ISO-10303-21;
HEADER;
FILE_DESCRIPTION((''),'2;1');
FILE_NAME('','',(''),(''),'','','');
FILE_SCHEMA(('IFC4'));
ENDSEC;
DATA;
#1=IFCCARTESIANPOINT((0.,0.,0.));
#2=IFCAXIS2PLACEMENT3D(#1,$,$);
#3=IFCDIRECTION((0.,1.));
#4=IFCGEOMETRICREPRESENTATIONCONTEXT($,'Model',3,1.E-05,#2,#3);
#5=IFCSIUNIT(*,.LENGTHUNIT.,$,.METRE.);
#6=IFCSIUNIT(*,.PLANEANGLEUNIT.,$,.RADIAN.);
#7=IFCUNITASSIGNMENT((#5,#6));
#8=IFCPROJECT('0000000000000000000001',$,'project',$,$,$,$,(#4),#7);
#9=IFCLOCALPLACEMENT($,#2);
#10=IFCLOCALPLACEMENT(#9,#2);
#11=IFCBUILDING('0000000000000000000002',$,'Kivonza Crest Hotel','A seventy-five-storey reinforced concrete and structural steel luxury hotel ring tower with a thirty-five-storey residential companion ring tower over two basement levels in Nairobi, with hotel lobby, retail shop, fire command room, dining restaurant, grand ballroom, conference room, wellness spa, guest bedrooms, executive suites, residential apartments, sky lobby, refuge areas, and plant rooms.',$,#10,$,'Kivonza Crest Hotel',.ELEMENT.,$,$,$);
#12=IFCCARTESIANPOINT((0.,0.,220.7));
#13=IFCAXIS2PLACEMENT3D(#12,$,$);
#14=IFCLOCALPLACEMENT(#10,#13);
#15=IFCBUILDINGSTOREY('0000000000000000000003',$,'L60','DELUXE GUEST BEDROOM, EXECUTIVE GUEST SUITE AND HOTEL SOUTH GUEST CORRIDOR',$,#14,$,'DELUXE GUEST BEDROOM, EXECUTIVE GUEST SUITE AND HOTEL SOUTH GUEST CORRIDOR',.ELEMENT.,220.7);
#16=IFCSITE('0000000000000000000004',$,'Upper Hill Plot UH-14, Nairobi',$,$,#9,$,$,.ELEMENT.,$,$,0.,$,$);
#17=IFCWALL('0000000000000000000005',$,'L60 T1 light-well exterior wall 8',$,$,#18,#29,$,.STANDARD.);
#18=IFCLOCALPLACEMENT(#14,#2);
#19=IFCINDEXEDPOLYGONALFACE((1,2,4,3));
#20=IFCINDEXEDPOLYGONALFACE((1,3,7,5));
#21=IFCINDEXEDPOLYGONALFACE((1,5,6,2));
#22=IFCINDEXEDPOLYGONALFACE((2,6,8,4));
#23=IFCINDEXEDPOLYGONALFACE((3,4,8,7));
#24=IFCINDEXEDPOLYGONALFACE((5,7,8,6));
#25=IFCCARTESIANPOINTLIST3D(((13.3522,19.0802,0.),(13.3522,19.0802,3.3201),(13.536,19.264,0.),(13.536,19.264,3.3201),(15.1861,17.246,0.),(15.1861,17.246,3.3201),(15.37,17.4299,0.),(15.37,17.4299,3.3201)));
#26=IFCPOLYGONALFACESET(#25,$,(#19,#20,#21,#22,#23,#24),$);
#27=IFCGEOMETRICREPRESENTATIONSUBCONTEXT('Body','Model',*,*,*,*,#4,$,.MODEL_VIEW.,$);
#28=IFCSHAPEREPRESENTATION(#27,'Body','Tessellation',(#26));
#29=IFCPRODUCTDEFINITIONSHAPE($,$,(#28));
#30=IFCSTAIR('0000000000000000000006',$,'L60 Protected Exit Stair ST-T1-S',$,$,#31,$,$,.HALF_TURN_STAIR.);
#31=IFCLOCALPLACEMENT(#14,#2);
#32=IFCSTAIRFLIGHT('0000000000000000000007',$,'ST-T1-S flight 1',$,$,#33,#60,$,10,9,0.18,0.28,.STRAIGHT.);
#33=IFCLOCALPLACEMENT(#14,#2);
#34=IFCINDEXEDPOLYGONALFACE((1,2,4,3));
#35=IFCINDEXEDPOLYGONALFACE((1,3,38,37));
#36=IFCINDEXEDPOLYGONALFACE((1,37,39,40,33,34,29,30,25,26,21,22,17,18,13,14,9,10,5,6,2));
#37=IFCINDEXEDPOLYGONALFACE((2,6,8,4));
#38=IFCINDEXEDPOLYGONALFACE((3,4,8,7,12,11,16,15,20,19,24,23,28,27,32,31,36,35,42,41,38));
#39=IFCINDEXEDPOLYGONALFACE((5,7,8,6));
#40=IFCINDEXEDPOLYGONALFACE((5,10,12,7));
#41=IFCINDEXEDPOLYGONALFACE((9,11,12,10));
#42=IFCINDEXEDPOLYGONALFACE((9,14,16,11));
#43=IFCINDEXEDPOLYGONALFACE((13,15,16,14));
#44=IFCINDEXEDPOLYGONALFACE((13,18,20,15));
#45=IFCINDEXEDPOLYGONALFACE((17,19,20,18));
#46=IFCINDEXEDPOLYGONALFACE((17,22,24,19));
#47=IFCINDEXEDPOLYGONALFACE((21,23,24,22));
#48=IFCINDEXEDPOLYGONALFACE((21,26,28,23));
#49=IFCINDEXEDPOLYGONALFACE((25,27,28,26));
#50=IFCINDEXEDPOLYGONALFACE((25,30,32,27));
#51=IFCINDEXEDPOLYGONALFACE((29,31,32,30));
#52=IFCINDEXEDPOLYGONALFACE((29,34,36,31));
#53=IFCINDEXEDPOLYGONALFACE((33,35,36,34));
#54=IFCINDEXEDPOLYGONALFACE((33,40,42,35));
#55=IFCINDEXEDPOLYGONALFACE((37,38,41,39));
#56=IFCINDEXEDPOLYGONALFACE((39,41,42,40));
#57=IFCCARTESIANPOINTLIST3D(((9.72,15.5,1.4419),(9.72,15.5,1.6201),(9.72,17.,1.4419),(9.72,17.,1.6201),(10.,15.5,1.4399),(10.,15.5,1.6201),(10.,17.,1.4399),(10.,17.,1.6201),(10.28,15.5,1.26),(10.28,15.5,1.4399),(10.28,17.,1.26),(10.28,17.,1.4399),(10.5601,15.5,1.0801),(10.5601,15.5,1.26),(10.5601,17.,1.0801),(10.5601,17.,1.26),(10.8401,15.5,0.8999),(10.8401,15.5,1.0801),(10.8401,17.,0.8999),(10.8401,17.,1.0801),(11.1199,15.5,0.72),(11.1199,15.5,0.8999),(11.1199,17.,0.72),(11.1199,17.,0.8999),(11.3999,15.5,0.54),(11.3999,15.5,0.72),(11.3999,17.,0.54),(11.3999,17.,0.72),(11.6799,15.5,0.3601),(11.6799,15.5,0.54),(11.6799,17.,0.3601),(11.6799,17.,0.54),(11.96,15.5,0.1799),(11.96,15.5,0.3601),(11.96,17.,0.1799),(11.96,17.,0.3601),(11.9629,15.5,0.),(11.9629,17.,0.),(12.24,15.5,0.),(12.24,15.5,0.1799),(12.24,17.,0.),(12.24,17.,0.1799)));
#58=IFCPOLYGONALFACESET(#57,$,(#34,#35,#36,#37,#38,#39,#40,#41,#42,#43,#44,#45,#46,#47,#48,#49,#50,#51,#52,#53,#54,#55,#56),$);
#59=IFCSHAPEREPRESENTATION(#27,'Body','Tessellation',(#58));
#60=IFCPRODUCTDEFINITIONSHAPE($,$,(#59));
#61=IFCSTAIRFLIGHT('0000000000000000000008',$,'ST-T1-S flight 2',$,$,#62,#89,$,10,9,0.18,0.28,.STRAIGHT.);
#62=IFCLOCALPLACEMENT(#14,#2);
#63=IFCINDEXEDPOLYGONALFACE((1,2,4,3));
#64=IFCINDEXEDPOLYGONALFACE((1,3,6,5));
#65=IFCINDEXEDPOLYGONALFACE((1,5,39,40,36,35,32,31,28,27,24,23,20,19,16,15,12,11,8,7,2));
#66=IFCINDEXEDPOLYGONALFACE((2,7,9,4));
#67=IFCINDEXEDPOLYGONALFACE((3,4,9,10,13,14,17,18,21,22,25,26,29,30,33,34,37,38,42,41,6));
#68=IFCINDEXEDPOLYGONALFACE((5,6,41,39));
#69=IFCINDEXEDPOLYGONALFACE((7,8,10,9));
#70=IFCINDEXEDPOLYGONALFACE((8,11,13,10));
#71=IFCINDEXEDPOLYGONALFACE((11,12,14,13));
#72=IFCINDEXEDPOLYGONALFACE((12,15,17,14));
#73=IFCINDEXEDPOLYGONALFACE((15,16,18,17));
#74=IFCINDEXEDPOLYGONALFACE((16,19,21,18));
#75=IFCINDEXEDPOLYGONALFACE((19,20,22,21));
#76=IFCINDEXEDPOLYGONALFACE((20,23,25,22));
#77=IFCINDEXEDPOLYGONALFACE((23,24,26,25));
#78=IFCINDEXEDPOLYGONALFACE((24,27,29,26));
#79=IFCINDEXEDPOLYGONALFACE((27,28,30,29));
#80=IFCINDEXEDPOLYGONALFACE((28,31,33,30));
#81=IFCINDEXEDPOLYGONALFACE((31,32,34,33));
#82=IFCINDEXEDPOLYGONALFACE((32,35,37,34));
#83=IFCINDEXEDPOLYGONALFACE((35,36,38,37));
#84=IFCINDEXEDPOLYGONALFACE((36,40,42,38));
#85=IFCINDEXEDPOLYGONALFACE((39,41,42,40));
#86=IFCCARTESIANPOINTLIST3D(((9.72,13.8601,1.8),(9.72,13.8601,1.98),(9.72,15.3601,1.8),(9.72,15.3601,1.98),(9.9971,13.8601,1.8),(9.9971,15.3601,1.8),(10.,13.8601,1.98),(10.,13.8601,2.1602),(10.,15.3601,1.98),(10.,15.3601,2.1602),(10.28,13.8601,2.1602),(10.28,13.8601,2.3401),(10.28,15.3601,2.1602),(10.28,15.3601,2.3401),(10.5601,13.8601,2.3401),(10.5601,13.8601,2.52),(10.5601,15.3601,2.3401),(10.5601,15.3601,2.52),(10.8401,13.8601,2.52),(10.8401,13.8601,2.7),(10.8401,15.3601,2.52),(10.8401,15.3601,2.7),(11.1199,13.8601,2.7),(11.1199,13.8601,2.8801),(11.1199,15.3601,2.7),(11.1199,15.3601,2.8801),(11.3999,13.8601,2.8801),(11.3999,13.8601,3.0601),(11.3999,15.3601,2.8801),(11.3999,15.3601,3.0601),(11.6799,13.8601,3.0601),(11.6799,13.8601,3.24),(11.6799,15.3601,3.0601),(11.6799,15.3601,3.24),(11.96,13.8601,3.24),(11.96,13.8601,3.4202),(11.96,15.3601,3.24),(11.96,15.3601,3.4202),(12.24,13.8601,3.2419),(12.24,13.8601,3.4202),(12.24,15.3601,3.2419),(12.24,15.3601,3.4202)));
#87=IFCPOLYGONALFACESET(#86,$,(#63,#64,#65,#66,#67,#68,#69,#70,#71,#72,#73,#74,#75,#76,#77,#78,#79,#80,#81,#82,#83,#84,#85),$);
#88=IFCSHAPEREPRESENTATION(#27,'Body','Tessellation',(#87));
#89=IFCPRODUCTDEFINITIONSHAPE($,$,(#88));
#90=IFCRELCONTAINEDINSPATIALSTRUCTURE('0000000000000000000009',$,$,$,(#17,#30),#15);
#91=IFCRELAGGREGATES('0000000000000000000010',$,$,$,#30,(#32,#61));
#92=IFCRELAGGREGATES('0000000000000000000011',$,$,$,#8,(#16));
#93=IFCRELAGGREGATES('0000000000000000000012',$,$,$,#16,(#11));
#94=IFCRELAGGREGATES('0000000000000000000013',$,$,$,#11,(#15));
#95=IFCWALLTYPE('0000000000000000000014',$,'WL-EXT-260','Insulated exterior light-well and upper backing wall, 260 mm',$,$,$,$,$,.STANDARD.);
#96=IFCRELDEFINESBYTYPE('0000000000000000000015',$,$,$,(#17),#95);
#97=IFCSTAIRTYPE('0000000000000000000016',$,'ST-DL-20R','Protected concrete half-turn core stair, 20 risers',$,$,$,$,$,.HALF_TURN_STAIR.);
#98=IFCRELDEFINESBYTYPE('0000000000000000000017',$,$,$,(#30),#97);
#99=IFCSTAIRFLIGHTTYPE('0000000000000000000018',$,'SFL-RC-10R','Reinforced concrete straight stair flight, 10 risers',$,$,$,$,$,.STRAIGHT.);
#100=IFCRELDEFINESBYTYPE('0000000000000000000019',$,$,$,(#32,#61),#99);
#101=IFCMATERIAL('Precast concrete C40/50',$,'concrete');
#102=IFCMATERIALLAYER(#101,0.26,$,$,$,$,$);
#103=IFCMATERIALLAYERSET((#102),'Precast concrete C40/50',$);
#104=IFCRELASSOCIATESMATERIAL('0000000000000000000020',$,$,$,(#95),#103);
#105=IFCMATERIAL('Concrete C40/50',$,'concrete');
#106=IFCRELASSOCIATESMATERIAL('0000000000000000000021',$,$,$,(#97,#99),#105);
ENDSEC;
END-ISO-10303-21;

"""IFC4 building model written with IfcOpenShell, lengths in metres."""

from ifc_helpers import new_model, si_unit, direction, frame, frame_2d, origin, place, context, subcontext, project, spatial, polyline, rectangle, outline, extrude, material, layer, layer_set, type_object, element, aggregate, save


model = new_model("IFC4")

# Units and contexts
model_context = context("Model", 3, precision=1e-05, world=origin(), true_north=direction((0.0, 1.0)))
body_context = subcontext(model_context, "Body", "Model", "MODEL_VIEW")
ifc_project = project(units=[si_unit("LENGTHUNIT", "METRE"), si_unit("PLANEANGLEUNIT", "RADIAN")], contexts=[model_context])

# Site, building, storey
site_placement = place(None, origin())
site = spatial("IfcSite", under=ifc_project, at=site_placement, Name="Upper Hill Plot UH-14, Nairobi", CompositionType="ELEMENT", RefElevation=0.0)
building_placement = place(site_placement, origin())
building = spatial("IfcBuilding", under=site, at=building_placement, Name="Kivonza Crest Hotel", Description="A seventy-five-storey reinforced concrete and structural steel luxury hotel ring tower with a thirty-five-storey residential companion ring tower over two basement levels in Nairobi, with hotel lobby, retail shop, fire command room, dining restaurant, grand ballroom, conference room, wellness spa, guest bedrooms, executive suites, residential apartments, sky lobby, refuge areas, and plant rooms.", LongName="Kivonza Crest Hotel", CompositionType="ELEMENT")
storey_placement = place(building_placement, frame((0.0, 0.0, 220.7)))
storey = spatial("IfcBuildingStorey", under=building, at=storey_placement, Name="L60", Description="DELUXE GUEST BEDROOM, EXECUTIVE GUEST SUITE AND HOTEL SOUTH GUEST CORRIDOR", LongName="DELUXE GUEST BEDROOM, EXECUTIVE GUEST SUITE AND HOTEL SOUTH GUEST CORRIDOR", CompositionType="ELEMENT", Elevation=220.7)

# Wall
ifc_material_1 = material(Name="Precast concrete C40/50", Category="concrete")
ifc_layer_1 = layer(ifc_material_1, 0.26)
ifc_layer_set_1 = layer_set([ifc_layer_1], Name="Precast concrete C40/50")
wall_type_1 = type_object("IfcWallType", Name="WL-EXT-260", Description="Insulated exterior light-well and upper backing wall, 260 mm", PredefinedType="STANDARD", material=ifc_layer_set_1)
wall_1_placement = place(storey_placement, frame((13.4441, 19.1721, 0.0), z_axis=(0.0, 0.0, 1.0), x_axis=(0.70706, -0.707154, 0.0)))
element("IfcWall", 1, at=wall_1_placement, inside=storey, type_object=wall_type_1, Name="L60 T1 light-well exterior wall 8", PredefinedType="STANDARD", context=body_context, shape_type="SweptSolid", body=[
    extrude(rectangle(XDim=2.5938, YDim=0.26, at=frame_2d((1.2969, 0.0))), origin(), (0.0, 0.0, 1.0), 3.3201),
])

# Stair, stair flights
ifc_material_2 = material(Name="Concrete C40/50", Category="concrete")
stair_type = type_object("IfcStairType", Name="ST-DL-20R", Description="Protected concrete half-turn core stair, 20 risers", PredefinedType="HALF_TURN_STAIR", material=ifc_material_2)
stair_placement = place(storey_placement, origin())
stair = element("IfcStair", 2, at=stair_placement, inside=storey, type_object=stair_type, Name="L60 Protected Exit Stair ST-T1-S", PredefinedType="HALF_TURN_STAIR")
stair_flight_type = type_object("IfcStairFlightType", Name="SFL-RC-10R", Description="Reinforced concrete straight stair flight, 10 risers", PredefinedType="STRAIGHT", material=ifc_material_2)
stair_flight_1_placement = place(storey_placement, frame((12.24, 16.25, 0.0), z_axis=(0.0, 0.0, 1.0), x_axis=(-1.0, 0.0, 0.0)))
stair_flight_1 = element("IfcStairFlight", 3, at=stair_flight_1_placement, type_object=stair_flight_type, Name="ST-T1-S flight 1", NumberOfRisers=10, NumberOfTreads=9, PredefinedType="STRAIGHT", RiserHeight=0.18, TreadLength=0.28, context=body_context, shape_type="SweptSolid", body=[
    extrude(outline(polyline([(0.0, 0.0), (0.0, 0.1799), (0.28, 0.1799), (0.28, 0.3601), (0.5601, 0.3601), (0.5601, 0.54), (0.8401, 0.54), (0.8401, 0.72), (1.1201, 0.72), (1.1201, 0.8999), (1.3999, 0.8999), (1.3999, 1.0801), (1.6799, 1.0801), (1.6799, 1.26), (1.96, 1.26), (1.96, 1.4399), (2.24, 1.4399), (2.24, 1.6201), (2.52, 1.6201), (2.52, 1.8), (2.52, 1.4419), (0.2771, 0.0), (0.0, 0.0)])), frame((0.0, 0.75, 0.0), z_axis=(0.0, -1.0, 0.0), x_axis=(1.0, 0.0, 0.0)), (0.0, 0.0, 1.0), 1.5),
])
stair_flight_2_placement = place(storey_placement, frame((9.72, 14.6101, 1.8), z_axis=(0.0, 0.0, 1.0), x_axis=(1.0, 0.0, 0.0)))
stair_flight_2 = element("IfcStairFlight", 4, at=stair_flight_2_placement, type_object=stair_flight_type, Name="ST-T1-S flight 2", NumberOfRisers=10, NumberOfTreads=9, PredefinedType="STRAIGHT", RiserHeight=0.18, TreadLength=0.28, context=body_context, shape_type="SweptSolid", body=[
    extrude(outline(polyline([(0.0, 0.0), (0.0, 0.1799), (0.28, 0.1799), (0.28, 0.3601), (0.5601, 0.3601), (0.5601, 0.54), (0.8401, 0.54), (0.8401, 0.72), (1.1201, 0.72), (1.1201, 0.8999), (1.3999, 0.8999), (1.3999, 1.0801), (1.6799, 1.0801), (1.6799, 1.26), (1.96, 1.26), (1.96, 1.4399), (2.24, 1.4399), (2.24, 1.6201), (2.52, 1.6201), (2.52, 1.8), (2.52, 1.4419), (0.2771, 0.0), (0.0, 0.0)])), frame((0.0, 0.75, 0.0), z_axis=(0.0, -1.0, 0.0), x_axis=(1.0, 0.0, 0.0)), (0.0, 0.0, 1.0), 1.5),
])
aggregate(stair, [stair_flight_1, stair_flight_2])

save(model, "model.ifc")
